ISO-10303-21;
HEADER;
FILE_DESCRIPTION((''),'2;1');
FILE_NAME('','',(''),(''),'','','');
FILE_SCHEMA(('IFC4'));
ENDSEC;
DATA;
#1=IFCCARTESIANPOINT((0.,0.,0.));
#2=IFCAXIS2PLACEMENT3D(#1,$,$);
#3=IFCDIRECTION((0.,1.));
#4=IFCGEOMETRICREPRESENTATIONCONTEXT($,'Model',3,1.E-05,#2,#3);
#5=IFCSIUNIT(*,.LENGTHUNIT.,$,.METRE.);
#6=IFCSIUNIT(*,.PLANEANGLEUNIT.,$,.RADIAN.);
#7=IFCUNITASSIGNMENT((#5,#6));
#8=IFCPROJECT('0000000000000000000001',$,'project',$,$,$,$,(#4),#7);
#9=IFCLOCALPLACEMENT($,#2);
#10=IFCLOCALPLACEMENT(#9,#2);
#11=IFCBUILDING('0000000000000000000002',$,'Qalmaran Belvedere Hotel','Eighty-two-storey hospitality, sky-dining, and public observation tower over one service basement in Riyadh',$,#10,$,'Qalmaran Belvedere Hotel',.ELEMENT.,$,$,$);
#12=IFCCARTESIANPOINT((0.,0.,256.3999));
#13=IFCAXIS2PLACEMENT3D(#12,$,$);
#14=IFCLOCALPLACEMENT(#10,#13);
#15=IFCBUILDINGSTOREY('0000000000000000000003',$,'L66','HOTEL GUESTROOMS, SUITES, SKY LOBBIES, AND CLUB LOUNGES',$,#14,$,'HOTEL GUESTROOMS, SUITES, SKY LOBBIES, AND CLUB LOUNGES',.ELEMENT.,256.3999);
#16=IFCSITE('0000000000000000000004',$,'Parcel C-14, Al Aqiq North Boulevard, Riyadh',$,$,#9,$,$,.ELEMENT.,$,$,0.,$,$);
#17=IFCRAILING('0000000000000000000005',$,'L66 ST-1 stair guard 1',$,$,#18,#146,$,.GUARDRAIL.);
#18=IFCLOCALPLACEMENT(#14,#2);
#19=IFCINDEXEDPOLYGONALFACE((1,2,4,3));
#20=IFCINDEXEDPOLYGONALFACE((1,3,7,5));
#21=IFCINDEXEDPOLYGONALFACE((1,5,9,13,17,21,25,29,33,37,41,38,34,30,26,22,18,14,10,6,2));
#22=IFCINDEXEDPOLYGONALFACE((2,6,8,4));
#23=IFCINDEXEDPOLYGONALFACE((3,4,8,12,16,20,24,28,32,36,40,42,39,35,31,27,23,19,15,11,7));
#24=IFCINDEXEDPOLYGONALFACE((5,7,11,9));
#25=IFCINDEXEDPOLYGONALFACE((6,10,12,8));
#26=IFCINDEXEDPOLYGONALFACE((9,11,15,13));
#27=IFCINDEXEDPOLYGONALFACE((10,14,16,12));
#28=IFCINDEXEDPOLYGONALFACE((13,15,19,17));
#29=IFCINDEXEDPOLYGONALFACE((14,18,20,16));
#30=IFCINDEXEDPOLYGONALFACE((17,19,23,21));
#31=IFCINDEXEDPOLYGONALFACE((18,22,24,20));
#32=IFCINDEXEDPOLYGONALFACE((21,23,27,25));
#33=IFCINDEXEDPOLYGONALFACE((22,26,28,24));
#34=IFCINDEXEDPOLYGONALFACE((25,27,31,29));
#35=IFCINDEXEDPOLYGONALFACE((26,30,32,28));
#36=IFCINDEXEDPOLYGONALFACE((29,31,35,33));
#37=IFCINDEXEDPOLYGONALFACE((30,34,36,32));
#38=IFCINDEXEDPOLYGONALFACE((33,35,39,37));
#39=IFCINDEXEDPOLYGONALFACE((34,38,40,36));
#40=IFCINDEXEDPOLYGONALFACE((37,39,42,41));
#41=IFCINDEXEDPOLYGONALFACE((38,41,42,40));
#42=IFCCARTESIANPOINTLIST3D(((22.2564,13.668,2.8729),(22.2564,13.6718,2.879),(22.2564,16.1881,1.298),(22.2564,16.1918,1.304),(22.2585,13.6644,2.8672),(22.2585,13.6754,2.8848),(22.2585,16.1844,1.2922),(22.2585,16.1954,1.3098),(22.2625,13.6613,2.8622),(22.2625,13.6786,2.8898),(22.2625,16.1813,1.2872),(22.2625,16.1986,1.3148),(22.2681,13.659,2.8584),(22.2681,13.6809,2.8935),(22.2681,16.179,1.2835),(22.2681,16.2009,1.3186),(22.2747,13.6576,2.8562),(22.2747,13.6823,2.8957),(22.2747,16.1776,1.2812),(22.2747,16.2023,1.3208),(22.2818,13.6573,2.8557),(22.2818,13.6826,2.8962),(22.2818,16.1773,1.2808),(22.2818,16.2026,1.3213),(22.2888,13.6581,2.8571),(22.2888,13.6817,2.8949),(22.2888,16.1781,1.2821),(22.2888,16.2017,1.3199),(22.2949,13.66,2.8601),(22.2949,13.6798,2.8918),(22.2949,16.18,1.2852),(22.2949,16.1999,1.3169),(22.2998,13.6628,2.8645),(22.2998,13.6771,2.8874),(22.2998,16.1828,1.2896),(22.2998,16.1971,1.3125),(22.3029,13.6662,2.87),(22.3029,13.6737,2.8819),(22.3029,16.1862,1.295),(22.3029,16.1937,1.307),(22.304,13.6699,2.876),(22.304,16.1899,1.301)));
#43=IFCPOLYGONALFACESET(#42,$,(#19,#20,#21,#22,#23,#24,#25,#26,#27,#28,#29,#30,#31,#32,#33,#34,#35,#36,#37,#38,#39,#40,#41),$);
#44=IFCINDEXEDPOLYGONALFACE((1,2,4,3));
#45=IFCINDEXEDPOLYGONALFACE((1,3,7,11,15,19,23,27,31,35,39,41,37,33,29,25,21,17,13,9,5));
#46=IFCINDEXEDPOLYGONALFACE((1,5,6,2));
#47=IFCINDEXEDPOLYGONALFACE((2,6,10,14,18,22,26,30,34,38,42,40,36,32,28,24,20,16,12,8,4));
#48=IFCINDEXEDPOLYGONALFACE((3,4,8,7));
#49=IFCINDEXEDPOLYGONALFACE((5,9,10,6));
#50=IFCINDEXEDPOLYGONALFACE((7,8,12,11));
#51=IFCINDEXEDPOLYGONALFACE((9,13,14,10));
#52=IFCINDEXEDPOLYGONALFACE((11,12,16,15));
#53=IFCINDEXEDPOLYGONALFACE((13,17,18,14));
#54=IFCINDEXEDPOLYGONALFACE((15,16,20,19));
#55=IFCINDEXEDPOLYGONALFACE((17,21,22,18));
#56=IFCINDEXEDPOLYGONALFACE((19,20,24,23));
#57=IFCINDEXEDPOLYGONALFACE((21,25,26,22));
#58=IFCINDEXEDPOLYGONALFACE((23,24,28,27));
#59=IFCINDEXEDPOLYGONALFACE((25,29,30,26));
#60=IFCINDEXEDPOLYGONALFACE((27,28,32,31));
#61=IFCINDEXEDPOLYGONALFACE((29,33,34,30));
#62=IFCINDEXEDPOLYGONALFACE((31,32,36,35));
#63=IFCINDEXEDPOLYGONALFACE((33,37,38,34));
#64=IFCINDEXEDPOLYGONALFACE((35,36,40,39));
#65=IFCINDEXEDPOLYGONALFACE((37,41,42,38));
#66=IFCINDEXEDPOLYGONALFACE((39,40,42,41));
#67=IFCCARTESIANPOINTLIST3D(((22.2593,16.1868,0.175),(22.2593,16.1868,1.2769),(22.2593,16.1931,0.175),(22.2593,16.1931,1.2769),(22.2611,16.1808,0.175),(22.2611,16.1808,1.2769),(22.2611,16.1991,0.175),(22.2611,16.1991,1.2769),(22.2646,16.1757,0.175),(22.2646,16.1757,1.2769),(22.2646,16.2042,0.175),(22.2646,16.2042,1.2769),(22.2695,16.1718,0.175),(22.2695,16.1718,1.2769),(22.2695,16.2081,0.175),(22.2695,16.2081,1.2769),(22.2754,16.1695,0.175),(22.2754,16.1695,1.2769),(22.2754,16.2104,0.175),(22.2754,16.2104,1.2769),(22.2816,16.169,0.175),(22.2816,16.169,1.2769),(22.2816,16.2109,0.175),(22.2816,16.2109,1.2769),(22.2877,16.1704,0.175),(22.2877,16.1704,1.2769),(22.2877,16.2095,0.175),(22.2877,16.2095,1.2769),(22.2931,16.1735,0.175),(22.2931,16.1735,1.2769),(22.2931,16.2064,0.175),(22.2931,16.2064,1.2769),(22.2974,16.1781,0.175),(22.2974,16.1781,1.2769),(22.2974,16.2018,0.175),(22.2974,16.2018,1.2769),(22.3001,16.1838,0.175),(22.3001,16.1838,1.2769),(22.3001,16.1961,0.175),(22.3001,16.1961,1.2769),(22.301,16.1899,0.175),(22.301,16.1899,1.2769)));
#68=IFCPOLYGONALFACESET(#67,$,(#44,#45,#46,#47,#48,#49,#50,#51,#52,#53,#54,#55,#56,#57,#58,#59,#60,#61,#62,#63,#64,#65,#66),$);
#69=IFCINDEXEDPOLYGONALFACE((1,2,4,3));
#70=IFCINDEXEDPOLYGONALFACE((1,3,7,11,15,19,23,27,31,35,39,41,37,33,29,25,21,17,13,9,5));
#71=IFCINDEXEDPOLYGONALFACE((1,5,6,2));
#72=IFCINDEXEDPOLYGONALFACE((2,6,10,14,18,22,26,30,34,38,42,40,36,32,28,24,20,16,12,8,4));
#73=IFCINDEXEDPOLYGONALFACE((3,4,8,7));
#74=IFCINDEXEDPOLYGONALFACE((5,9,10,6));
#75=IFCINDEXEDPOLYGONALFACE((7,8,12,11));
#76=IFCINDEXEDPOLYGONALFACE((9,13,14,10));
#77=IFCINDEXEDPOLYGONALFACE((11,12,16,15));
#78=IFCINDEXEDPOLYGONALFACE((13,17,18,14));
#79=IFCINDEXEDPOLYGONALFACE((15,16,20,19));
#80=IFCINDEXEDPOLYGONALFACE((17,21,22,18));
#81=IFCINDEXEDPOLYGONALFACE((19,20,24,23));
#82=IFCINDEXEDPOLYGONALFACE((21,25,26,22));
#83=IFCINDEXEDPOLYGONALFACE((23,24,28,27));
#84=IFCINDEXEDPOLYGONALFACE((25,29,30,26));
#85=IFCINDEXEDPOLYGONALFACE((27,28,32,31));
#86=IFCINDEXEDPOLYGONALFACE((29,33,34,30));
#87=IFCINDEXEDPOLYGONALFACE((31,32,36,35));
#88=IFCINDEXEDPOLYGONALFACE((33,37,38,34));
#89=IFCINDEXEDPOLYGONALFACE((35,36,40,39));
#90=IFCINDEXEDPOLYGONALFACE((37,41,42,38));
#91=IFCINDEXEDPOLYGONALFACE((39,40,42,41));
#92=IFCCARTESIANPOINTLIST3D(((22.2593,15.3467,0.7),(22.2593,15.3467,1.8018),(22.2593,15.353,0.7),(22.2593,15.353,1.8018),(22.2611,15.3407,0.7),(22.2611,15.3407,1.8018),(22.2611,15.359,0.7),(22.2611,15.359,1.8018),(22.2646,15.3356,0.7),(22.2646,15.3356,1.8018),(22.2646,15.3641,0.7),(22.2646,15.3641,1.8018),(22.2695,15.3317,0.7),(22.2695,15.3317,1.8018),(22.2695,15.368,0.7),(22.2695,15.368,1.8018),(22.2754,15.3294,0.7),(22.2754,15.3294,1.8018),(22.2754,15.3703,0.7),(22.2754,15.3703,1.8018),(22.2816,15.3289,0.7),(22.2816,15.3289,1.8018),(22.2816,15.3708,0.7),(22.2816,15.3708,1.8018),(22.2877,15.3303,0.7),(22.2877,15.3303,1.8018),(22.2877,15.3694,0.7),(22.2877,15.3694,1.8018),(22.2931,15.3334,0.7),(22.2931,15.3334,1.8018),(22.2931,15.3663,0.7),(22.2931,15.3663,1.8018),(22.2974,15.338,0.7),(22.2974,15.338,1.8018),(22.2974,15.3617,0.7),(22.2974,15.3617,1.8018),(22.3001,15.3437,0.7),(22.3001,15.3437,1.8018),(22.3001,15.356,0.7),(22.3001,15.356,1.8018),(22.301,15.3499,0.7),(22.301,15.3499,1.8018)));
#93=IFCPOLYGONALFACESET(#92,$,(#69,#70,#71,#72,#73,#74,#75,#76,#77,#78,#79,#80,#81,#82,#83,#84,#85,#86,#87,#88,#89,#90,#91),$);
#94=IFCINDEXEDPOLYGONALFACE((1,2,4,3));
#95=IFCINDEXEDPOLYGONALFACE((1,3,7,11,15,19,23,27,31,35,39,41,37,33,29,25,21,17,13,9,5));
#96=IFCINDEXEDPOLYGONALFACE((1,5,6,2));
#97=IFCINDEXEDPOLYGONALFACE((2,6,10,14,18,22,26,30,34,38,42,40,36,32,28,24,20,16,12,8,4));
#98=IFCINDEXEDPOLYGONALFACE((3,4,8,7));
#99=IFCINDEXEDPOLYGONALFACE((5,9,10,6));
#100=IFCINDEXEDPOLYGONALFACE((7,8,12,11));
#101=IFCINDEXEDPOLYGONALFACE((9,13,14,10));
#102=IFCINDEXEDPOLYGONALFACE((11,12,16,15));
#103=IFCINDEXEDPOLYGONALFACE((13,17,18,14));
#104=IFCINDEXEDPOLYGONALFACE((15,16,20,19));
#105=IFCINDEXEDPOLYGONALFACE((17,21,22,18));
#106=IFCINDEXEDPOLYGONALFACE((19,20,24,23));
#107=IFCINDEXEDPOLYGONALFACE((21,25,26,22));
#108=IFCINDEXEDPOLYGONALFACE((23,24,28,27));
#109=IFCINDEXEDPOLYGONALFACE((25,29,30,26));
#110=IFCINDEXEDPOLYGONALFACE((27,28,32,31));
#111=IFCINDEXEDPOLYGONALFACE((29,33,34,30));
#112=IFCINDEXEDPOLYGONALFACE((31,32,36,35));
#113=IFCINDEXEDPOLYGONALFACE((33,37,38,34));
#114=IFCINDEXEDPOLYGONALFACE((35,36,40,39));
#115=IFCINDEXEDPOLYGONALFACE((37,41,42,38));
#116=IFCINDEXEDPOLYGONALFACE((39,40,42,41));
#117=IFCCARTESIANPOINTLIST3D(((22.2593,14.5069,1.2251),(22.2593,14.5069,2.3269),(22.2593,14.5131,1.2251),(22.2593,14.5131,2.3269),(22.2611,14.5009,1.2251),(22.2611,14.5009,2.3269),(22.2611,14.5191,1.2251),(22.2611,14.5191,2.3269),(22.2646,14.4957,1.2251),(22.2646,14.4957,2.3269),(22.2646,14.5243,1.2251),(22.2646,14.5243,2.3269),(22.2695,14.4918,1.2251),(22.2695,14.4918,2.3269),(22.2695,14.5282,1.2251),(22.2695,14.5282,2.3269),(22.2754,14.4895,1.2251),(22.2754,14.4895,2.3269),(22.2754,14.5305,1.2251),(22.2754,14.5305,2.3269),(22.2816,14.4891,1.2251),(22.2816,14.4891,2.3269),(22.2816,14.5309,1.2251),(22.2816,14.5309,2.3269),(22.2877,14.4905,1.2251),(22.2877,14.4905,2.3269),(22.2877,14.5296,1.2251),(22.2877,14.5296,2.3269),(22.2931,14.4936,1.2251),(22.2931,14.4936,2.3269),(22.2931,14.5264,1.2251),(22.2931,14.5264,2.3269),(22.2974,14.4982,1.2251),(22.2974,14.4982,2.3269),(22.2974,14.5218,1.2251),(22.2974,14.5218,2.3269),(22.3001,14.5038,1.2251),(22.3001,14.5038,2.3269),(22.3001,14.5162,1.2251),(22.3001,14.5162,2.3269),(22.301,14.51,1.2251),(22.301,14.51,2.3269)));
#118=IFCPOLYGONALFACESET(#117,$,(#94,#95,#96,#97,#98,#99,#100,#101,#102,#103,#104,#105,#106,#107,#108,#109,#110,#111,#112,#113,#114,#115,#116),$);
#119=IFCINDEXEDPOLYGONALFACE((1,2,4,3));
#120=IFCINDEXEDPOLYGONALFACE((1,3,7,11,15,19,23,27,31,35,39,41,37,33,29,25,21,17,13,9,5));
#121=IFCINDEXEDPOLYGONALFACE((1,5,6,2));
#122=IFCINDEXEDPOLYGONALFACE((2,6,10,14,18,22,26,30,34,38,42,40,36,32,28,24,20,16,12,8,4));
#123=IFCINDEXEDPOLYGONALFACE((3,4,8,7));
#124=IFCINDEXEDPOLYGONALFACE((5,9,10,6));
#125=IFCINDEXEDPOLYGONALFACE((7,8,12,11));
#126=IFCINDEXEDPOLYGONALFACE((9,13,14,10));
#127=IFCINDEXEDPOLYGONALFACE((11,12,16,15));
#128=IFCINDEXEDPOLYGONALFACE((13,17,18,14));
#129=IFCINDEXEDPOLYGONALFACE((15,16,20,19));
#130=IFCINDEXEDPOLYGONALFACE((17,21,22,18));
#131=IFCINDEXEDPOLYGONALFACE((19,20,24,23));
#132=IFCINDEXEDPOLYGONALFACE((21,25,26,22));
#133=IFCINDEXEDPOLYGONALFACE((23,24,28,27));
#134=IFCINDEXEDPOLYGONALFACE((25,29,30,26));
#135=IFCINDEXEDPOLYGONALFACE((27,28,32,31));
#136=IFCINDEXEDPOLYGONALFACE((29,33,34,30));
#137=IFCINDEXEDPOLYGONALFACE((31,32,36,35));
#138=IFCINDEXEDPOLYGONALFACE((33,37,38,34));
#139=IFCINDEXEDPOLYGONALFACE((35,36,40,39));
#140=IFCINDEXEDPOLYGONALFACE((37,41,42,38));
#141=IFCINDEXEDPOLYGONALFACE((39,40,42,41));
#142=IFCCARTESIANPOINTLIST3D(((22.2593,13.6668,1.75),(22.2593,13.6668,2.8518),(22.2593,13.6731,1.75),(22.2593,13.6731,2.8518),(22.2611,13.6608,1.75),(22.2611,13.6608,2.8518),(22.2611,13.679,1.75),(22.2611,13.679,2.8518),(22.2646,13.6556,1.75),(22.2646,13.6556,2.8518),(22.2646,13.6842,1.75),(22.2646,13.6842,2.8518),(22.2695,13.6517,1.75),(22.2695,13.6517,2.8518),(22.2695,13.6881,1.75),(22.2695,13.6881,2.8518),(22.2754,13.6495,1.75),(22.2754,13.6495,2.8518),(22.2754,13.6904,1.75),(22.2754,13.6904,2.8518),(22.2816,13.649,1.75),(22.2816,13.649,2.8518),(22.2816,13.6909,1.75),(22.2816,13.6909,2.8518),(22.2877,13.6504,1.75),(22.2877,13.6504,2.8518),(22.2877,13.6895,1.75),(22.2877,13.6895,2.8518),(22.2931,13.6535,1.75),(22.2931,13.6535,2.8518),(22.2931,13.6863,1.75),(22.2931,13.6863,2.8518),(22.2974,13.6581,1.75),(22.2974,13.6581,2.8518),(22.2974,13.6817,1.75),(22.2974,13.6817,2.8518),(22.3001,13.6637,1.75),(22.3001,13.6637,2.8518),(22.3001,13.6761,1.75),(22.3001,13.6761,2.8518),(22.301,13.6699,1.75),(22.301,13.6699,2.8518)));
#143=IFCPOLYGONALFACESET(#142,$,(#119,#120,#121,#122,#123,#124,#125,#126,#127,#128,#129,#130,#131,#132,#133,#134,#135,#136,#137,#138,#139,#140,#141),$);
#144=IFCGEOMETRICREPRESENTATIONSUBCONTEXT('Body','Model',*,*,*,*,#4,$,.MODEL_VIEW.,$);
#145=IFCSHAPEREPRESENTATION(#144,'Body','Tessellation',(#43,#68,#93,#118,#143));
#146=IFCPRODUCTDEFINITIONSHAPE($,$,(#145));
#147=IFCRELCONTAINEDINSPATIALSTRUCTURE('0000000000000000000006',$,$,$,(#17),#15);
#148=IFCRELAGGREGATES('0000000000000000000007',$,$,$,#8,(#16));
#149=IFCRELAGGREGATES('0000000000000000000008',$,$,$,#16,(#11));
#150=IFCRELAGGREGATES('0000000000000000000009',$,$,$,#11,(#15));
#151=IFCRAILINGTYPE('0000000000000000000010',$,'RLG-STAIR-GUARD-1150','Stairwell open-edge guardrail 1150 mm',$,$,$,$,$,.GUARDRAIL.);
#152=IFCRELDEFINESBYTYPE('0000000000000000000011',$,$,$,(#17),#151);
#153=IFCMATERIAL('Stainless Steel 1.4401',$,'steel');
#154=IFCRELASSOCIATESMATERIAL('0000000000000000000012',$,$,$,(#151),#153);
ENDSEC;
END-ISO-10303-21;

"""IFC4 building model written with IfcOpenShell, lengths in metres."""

from ifc_helpers import new_model, si_unit, direction, frame, origin, origin_2d, place, context, subcontext, project, spatial, circle, extrude, material, type_object, element, save


model = new_model("IFC4")

# Units and contexts
model_context = context("Model", 3, precision=1e-05, world=origin(), true_north=direction((0.0, 1.0)))
body_context = subcontext(model_context, "Body", "Model", "MODEL_VIEW")
ifc_project = project(units=[si_unit("LENGTHUNIT", "METRE"), si_unit("PLANEANGLEUNIT", "RADIAN")], contexts=[model_context])

# Site, building, storey
site_placement = place(None, origin())
site = spatial("IfcSite", under=ifc_project, at=site_placement, Name="Parcel C-14, Al Aqiq North Boulevard, Riyadh", CompositionType="ELEMENT", RefElevation=0.0)
building_placement = place(site_placement, origin())
building = spatial("IfcBuilding", under=site, at=building_placement, Name="Qalmaran Belvedere Hotel", Description="Eighty-two-storey hospitality, sky-dining, and public observation tower over one service basement in Riyadh", LongName="Qalmaran Belvedere Hotel", CompositionType="ELEMENT")
storey_placement = place(building_placement, frame((0.0, 0.0, 256.3999)))
storey = spatial("IfcBuildingStorey", under=building, at=storey_placement, Name="L66", Description="HOTEL GUESTROOMS, SUITES, SKY LOBBIES, AND CLUB LOUNGES", LongName="HOTEL GUESTROOMS, SUITES, SKY LOBBIES, AND CLUB LOUNGES", CompositionType="ELEMENT", Elevation=256.3999)

# Shared definitions
ifc_material_1 = material(Name="Stainless Steel 1.4401", Category="steel")

# Railing
railing_type_1 = type_object("IfcRailingType", Name="RLG-STAIR-GUARD-1150", Description="Stairwell open-edge guardrail 1150 mm", PredefinedType="GUARDRAIL", material=ifc_material_1)
railing_1_placement = place(storey_placement, frame((22.28, 16.1899, 0.175)))
element("IfcRailing", 1, at=railing_1_placement, inside=storey, type_object=railing_type_1, Name="L66 ST-1 stair guard 1", PredefinedType="GUARDRAIL", context=body_context, shape_type="SweptSolid", body=[
    extrude(circle(Radius=0.0239, at=origin_2d()), frame((0.0, 0.0, 1.126), z_axis=(0.0, -0.848008, 0.529984), x_axis=(1.0, 0.0, 0.0)), (0.0, 0.0, 1.0), 2.9717),
    extrude(circle(Radius=0.021, at=origin_2d()), origin(), (0.0, 0.0, 1.0), 1.1018),
    extrude(circle(Radius=0.021, at=origin_2d()), frame((0.0, -0.8401, 0.5249)), (0.0, 0.0, 1.0), 1.1018),
    extrude(circle(Radius=0.021, at=origin_2d()), frame((0.0, -1.6799, 1.05)), (0.0, 0.0, 1.0), 1.1018),
    extrude(circle(Radius=0.021, at=origin_2d()), frame((0.0, -2.52, 1.575)), (0.0, 0.0, 1.0), 1.1018),
])

save(model, "model.ifc")
